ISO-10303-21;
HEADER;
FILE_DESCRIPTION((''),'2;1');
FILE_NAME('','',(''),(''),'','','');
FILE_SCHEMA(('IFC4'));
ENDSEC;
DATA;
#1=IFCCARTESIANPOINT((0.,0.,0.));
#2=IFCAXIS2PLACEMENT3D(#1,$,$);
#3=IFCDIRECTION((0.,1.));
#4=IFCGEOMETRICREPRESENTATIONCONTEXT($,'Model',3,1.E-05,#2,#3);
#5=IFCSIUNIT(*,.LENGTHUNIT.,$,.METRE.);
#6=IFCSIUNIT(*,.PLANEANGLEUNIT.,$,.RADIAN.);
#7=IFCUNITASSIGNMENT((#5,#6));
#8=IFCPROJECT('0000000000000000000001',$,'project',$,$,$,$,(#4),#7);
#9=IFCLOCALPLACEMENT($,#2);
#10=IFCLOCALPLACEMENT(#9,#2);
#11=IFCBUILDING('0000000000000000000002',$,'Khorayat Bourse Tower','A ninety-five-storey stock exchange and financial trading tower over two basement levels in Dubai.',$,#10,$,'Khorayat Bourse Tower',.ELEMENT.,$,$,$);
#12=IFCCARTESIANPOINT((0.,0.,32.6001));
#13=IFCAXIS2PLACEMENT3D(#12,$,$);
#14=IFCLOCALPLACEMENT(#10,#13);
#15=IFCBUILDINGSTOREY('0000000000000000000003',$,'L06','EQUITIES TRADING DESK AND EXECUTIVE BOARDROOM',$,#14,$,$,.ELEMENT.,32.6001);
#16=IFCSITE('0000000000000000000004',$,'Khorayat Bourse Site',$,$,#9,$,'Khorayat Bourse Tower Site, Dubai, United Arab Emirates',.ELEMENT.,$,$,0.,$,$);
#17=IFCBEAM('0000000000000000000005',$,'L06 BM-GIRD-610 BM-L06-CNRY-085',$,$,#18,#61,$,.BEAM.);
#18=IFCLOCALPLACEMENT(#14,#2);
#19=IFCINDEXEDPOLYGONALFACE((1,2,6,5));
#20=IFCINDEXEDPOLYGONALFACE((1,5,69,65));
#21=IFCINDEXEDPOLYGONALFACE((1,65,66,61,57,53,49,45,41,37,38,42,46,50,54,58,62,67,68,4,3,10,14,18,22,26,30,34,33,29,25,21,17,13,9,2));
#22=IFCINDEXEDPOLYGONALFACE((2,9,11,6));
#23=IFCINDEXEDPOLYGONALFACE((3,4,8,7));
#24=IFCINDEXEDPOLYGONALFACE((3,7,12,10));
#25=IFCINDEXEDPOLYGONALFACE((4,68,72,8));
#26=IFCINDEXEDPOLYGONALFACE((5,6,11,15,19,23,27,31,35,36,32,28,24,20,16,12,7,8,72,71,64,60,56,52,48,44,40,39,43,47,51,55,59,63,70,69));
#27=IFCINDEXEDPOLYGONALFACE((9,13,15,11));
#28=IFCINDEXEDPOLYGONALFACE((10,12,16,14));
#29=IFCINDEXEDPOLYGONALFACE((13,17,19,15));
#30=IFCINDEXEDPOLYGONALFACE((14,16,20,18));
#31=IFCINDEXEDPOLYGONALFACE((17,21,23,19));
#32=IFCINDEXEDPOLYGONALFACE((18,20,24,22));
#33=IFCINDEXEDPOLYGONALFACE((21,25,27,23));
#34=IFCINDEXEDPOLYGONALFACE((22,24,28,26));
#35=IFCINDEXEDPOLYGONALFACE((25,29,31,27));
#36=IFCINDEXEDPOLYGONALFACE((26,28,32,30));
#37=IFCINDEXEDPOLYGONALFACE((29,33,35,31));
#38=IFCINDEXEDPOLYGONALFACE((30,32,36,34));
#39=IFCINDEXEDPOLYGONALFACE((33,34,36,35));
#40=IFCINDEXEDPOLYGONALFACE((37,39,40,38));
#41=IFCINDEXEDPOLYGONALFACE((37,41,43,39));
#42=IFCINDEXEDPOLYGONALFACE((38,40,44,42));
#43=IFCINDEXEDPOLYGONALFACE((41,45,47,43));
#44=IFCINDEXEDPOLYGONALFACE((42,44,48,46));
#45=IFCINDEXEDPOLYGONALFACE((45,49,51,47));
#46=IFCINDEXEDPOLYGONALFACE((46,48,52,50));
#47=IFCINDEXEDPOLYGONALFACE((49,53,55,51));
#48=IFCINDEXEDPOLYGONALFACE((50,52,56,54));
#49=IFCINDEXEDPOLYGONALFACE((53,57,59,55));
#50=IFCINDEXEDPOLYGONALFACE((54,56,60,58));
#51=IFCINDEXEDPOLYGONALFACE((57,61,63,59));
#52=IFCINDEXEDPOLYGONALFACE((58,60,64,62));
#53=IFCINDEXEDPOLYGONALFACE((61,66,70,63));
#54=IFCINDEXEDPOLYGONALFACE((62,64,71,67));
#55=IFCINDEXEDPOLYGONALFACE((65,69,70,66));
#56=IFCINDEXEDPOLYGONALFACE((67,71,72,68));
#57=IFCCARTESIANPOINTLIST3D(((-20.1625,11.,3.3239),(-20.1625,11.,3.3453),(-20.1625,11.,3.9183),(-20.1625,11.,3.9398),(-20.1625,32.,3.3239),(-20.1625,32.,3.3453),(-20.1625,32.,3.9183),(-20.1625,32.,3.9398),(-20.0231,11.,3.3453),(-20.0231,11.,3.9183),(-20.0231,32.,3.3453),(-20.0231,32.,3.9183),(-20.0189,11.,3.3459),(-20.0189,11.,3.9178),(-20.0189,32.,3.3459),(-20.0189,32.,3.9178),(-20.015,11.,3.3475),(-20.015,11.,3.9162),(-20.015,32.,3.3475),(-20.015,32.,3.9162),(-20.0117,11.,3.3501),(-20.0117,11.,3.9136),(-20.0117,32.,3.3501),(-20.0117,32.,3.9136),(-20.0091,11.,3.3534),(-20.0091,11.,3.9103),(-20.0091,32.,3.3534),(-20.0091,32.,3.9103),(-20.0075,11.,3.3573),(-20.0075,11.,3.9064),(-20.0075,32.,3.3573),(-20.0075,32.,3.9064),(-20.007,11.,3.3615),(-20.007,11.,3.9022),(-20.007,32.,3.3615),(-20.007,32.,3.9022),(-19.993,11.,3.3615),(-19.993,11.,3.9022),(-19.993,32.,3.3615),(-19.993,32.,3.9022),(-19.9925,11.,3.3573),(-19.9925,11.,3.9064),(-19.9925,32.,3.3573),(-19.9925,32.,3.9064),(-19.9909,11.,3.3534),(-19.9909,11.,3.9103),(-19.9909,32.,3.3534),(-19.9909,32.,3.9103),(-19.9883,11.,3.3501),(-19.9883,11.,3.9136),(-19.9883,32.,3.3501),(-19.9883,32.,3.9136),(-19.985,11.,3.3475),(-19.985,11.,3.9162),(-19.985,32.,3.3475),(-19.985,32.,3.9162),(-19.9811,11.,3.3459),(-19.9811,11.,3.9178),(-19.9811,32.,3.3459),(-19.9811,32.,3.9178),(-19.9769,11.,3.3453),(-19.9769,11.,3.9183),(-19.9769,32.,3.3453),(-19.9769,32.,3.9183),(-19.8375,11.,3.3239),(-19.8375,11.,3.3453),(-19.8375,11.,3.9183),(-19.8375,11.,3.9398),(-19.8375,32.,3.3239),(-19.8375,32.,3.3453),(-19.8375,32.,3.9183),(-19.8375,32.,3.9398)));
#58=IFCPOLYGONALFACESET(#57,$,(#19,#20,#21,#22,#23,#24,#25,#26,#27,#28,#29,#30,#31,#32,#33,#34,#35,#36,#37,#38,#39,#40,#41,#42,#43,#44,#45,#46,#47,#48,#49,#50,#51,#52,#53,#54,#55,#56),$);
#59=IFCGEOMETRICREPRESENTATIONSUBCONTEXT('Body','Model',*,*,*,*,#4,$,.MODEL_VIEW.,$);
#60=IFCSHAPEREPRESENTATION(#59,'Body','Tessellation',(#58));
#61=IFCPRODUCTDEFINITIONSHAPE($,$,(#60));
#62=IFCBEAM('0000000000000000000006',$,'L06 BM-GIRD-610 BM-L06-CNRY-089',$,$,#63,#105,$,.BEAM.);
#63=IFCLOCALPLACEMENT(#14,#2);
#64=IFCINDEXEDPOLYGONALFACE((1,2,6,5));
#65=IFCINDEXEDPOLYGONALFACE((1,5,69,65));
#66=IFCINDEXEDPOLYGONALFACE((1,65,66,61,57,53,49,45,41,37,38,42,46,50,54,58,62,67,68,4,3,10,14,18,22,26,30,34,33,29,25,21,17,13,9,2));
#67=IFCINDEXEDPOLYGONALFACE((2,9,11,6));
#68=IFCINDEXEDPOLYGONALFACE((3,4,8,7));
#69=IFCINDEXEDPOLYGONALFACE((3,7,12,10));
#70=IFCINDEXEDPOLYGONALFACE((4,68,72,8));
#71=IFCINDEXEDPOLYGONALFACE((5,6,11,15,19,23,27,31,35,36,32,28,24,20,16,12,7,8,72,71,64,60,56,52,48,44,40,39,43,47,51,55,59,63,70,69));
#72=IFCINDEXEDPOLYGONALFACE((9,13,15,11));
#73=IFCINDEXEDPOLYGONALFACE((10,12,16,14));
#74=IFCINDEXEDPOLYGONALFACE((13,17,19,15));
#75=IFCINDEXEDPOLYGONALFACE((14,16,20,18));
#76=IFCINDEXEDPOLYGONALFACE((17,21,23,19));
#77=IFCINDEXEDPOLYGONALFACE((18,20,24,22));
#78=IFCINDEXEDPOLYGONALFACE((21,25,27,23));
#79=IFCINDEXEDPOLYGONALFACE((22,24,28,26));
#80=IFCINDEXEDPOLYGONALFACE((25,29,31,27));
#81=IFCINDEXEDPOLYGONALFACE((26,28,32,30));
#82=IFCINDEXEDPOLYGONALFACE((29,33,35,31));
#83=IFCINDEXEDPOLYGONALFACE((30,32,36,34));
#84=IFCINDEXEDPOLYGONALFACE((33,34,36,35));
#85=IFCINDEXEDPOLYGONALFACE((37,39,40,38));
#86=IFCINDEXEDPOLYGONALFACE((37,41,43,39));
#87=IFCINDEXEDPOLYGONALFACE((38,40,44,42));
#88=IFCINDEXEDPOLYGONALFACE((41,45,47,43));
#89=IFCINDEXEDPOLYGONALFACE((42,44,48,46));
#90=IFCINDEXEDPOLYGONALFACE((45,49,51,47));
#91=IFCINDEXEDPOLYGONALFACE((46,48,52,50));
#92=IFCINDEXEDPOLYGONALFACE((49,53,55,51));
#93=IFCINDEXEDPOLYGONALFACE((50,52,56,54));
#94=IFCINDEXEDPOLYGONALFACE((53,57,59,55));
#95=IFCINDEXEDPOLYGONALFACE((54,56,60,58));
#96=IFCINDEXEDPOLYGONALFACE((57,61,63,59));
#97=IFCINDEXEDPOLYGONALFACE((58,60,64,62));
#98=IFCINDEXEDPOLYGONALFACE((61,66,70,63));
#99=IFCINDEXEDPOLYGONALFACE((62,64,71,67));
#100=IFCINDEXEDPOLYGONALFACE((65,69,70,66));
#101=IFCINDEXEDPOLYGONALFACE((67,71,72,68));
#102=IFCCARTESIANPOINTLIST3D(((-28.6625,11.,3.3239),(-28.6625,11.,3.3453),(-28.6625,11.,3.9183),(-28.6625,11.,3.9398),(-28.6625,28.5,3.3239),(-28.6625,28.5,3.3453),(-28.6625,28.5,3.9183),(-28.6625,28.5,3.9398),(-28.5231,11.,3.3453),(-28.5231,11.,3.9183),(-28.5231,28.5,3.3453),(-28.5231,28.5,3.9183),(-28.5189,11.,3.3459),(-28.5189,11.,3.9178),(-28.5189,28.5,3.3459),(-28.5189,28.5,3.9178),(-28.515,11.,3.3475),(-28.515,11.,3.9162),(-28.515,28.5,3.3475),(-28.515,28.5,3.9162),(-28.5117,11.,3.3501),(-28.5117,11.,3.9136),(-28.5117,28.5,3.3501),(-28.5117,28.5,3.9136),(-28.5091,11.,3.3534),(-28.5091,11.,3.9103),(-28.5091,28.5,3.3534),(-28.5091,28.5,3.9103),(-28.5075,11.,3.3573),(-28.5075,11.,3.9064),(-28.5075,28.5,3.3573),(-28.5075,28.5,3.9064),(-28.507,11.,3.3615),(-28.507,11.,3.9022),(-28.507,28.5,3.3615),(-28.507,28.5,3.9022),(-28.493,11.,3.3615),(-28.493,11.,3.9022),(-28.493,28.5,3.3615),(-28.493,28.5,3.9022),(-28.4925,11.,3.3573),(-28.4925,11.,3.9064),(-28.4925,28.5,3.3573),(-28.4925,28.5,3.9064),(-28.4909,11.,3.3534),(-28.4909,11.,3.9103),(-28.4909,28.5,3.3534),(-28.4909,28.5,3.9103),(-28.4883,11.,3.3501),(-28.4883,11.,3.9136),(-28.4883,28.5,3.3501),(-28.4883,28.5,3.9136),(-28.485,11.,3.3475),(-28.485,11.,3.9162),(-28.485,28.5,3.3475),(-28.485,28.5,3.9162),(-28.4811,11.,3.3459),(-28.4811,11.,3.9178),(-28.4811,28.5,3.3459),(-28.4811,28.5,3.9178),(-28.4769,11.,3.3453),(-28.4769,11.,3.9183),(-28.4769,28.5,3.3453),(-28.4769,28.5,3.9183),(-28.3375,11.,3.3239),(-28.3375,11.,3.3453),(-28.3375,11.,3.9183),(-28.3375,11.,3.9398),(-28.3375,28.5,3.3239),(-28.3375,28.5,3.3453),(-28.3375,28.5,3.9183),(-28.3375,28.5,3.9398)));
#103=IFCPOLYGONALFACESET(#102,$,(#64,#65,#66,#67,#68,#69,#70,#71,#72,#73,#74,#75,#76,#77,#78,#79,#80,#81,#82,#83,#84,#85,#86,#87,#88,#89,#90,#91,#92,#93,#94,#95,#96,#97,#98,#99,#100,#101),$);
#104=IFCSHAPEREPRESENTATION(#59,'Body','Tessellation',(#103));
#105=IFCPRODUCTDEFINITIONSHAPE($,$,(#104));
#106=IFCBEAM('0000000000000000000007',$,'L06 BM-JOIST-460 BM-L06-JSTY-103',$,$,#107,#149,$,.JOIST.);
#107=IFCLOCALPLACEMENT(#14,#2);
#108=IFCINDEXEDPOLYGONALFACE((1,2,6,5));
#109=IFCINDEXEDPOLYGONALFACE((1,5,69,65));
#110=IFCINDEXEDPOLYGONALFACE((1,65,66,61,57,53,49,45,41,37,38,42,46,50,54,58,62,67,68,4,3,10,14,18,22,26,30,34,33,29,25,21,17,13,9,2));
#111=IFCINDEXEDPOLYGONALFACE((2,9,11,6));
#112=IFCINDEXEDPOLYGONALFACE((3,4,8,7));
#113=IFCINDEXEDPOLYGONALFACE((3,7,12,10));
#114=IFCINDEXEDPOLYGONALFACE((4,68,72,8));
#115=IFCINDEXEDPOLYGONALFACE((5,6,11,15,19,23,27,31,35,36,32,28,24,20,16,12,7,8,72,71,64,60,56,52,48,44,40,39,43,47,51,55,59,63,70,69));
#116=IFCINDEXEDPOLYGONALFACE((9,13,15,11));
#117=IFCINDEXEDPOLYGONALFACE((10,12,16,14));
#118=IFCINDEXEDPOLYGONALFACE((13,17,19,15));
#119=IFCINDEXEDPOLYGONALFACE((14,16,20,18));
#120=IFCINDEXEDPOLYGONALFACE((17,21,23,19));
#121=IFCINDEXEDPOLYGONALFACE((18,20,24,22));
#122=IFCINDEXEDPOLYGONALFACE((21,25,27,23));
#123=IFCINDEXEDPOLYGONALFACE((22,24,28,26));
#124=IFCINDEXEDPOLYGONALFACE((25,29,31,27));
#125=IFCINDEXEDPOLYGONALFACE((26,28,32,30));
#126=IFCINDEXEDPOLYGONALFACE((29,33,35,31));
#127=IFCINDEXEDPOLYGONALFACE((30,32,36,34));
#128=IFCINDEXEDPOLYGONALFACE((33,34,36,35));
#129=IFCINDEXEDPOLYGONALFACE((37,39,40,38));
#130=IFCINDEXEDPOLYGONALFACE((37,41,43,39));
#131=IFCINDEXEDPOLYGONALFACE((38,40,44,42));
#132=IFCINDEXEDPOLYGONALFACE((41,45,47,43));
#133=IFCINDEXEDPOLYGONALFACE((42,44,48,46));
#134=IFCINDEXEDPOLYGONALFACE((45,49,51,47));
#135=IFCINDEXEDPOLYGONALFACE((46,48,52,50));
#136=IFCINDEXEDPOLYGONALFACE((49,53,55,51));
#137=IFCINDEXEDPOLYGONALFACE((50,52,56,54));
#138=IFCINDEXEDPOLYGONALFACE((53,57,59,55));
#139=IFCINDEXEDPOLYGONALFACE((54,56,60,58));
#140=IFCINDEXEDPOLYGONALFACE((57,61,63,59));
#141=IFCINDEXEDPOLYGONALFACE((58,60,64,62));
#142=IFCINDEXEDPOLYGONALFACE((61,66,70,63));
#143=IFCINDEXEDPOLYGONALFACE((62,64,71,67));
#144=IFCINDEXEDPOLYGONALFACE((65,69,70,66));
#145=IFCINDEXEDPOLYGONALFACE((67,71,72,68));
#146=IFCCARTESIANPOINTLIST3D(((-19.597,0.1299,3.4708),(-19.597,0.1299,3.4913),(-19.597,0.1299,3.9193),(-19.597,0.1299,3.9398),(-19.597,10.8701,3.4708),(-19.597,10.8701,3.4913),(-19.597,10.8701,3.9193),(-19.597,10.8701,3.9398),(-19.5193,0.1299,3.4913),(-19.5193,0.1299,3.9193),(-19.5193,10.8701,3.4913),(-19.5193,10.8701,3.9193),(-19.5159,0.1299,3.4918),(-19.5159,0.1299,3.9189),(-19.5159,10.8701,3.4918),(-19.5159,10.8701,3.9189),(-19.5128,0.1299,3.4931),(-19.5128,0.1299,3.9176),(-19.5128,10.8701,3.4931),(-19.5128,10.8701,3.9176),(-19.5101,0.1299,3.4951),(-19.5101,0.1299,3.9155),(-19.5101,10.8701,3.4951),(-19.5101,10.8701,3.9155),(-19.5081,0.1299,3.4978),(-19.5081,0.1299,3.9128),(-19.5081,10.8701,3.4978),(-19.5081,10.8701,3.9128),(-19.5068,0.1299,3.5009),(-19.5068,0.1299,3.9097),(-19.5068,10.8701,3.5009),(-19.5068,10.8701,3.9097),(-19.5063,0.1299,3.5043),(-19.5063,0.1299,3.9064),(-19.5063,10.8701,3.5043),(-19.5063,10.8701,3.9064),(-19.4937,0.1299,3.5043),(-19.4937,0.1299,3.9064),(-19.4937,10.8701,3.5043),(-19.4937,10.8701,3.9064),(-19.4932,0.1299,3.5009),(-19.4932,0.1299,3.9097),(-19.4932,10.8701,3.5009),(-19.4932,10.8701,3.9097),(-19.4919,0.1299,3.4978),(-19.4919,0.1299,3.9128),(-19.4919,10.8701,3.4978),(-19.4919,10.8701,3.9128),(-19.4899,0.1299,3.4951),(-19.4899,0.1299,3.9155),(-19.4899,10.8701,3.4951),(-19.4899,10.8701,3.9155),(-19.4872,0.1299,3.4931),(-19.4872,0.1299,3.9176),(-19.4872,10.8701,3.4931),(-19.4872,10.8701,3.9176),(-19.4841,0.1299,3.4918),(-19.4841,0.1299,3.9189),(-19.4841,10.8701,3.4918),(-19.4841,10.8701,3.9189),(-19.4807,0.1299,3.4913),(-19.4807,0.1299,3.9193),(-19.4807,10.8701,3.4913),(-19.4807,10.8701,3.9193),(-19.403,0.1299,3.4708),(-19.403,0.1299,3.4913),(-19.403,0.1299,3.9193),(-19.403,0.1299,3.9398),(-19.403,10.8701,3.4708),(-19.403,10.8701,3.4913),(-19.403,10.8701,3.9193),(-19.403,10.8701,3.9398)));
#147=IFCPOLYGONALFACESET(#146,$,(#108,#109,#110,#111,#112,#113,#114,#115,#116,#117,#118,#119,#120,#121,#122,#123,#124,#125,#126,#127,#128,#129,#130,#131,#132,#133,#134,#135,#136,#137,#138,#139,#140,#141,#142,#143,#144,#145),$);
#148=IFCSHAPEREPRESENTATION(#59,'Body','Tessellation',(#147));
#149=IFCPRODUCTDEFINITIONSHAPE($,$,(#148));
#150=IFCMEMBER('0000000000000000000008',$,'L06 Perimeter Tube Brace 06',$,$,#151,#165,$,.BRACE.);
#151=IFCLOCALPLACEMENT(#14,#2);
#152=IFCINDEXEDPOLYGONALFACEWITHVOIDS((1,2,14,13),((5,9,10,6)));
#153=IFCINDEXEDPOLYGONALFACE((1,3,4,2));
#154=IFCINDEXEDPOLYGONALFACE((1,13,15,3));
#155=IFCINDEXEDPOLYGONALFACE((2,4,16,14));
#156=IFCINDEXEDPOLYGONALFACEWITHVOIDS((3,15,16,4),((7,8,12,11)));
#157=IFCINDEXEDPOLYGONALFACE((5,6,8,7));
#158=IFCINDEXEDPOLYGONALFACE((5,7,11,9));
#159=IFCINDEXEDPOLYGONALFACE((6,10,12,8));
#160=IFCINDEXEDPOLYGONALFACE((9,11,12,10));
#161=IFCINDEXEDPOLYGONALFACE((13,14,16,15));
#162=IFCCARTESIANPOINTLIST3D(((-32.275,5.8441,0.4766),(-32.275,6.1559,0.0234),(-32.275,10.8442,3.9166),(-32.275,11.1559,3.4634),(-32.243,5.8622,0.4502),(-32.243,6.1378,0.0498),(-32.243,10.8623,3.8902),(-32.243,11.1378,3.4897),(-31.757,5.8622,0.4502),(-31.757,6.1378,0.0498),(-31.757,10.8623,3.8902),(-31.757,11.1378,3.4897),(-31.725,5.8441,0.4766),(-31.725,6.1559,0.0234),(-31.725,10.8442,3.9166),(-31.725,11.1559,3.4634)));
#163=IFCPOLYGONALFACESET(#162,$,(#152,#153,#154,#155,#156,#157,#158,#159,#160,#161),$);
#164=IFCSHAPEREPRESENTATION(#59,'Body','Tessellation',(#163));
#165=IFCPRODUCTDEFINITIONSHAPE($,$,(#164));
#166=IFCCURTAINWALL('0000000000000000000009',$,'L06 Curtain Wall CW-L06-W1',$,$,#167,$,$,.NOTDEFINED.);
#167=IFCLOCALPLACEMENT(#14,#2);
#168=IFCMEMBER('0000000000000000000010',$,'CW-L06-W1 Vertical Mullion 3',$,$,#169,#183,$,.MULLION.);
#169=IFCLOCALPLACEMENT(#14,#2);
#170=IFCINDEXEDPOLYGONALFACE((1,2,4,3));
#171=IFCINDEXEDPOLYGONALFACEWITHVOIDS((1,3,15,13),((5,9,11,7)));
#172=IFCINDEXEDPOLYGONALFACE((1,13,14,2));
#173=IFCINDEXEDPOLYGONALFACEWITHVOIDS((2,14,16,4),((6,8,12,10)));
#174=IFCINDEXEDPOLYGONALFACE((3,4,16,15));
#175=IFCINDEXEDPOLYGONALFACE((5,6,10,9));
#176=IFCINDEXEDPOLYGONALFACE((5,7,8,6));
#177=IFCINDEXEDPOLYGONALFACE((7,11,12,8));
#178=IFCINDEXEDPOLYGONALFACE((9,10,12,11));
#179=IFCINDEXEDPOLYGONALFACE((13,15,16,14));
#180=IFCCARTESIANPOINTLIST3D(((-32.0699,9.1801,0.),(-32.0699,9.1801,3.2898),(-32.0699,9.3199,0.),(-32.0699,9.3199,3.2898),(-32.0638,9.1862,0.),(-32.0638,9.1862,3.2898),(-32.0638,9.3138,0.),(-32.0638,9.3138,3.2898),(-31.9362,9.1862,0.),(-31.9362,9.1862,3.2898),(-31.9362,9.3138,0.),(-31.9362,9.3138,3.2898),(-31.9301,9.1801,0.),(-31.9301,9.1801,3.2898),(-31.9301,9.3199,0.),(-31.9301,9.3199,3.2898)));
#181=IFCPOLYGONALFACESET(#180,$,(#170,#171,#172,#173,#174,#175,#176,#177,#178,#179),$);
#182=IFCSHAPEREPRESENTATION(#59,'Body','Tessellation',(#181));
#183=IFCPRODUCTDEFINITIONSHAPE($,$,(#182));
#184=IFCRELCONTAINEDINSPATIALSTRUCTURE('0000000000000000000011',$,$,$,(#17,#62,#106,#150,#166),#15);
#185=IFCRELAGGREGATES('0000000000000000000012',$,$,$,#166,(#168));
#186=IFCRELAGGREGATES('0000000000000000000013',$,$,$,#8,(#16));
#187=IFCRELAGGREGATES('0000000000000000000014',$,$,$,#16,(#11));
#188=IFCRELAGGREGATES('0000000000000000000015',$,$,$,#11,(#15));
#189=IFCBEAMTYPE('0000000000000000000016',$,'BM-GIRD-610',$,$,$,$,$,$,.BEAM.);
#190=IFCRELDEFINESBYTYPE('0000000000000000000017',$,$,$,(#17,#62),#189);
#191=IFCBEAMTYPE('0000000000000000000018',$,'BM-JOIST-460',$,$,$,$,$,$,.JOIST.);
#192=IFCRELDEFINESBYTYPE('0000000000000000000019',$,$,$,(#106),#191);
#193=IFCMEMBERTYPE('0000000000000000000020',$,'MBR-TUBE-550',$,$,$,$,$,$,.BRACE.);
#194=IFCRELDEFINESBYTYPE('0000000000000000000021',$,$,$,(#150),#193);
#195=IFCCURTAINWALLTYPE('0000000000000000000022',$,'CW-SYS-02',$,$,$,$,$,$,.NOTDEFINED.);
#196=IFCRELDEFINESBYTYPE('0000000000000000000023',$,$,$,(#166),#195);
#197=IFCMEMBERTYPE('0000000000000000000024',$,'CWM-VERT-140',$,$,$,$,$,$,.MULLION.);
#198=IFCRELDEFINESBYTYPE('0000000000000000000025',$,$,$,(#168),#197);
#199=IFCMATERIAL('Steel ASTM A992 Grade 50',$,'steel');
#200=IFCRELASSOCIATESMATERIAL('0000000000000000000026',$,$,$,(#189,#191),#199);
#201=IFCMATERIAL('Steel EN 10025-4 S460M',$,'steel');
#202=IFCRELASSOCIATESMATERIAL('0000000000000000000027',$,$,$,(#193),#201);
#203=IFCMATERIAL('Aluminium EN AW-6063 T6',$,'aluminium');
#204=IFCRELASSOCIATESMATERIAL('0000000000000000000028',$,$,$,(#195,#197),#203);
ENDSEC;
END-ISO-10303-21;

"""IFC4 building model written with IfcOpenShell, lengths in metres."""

from ifc_helpers import new_model, si_unit, direction, frame, origin, origin_2d, place, context, subcontext, project, spatial, hollow_rectangle, i_section, extrude, source, transform, mapped, material, material_profile, profile_set, type_object, element, aggregate, save


model = new_model("IFC4")

# Units and contexts
model_context = context("Model", 3, precision=1e-05, world=origin(), true_north=direction((0.0, 1.0)))
body_context = subcontext(model_context, "Body", "Model", "MODEL_VIEW")
ifc_project = project(units=[si_unit("LENGTHUNIT", "METRE"), si_unit("PLANEANGLEUNIT", "RADIAN")], contexts=[model_context])

# Site, building, storey
site_placement = place(None, origin())
site = spatial("IfcSite", under=ifc_project, at=site_placement, Name="Khorayat Bourse Site", LongName="Khorayat Bourse Tower Site, Dubai, United Arab Emirates", CompositionType="ELEMENT", RefElevation=0.0)
building_placement = place(site_placement, origin())
building = spatial("IfcBuilding", under=site, at=building_placement, Name="Khorayat Bourse Tower", Description="A ninety-five-storey stock exchange and financial trading tower over two basement levels in Dubai.", LongName="Khorayat Bourse Tower", CompositionType="ELEMENT")
storey_placement = place(building_placement, frame((0.0, 0.0, 32.6001)))
storey = spatial("IfcBuildingStorey", under=building, at=storey_placement, Name="L06", Description="EQUITIES TRADING DESK AND EXECUTIVE BOARDROOM", CompositionType="ELEMENT", Elevation=32.6001)

# Shared definitions
ifc_material_1 = material(Name="Steel EN 10025-4 S460M", Category="steel")

# Beams
ifc_material_2 = material(Name="Steel ASTM A992 Grade 50", Category="steel")
ifc_material_profile_1 = material_profile(ifc_material_2, i_section(OverallWidth=0.325, OverallDepth=0.616, WebThickness=0.0139, FlangeThickness=0.0215, FilletRadius=0.0161, at=origin_2d()), Name="W610X174")
ifc_profile_set_1 = profile_set([ifc_material_profile_1], Name="Steel ASTM A992 Grade 50")
beam_type_1 = type_object("IfcBeamType", Name="BM-GIRD-610", PredefinedType="BEAM", material=ifc_profile_set_1)
shared_shape_1 = source(origin(), body_context, "Body", "SweptSolid", [
    extrude(i_section(OverallWidth=0.325, OverallDepth=0.616, WebThickness=0.0139, FlangeThickness=0.0215, FilletRadius=0.0161, at=origin_2d()), origin(), (0.0, 0.0, 1.0), 21.0),
])
beam_1_placement = place(storey_placement, frame((-20.0, 11.0, 3.6318), z_axis=(0.0, 1.0, 0.0), x_axis=(-1.0, 0.0, 0.0)))
element("IfcBeam", 1, at=beam_1_placement, inside=storey, type_object=beam_type_1, Name="L06 BM-GIRD-610 BM-L06-CNRY-085", PredefinedType="BEAM", context=body_context, shape_type="MappedRepresentation", body=[
    mapped(shared_shape_1, transform((0.0, 0.0, 0.0), scale=1.0)),
])
shared_shape_2 = source(origin(), body_context, "Body", "SweptSolid", [
    extrude(i_section(OverallWidth=0.325, OverallDepth=0.616, WebThickness=0.0139, FlangeThickness=0.0215, FilletRadius=0.0161, at=origin_2d()), origin(), (0.0, 0.0, 1.0), 17.5),
])
beam_2_placement = place(storey_placement, frame((-28.5, 11.0, 3.6318), z_axis=(0.0, 1.0, 0.0), x_axis=(-1.0, 0.0, 0.0)))
element("IfcBeam", 2, at=beam_2_placement, inside=storey, type_object=beam_type_1, Name="L06 BM-GIRD-610 BM-L06-CNRY-089", PredefinedType="BEAM", context=body_context, shape_type="MappedRepresentation", body=[
    mapped(shared_shape_2, transform((0.0, 0.0, 0.0), scale=1.0)),
])
ifc_material_profile_2 = material_profile(ifc_material_2, i_section(OverallWidth=0.1941, OverallDepth=0.469, WebThickness=0.0127, FlangeThickness=0.0205, FilletRadius=0.0129, at=origin_2d()), Name="W460X106")
ifc_profile_set_2 = profile_set([ifc_material_profile_2], Name="Steel ASTM A992 Grade 50")
beam_type_2 = type_object("IfcBeamType", Name="BM-JOIST-460", PredefinedType="JOIST", material=ifc_profile_set_2)
shared_shape_3 = source(origin(), body_context, "Body", "SweptSolid", [
    extrude(i_section(OverallWidth=0.1941, OverallDepth=0.469, WebThickness=0.0127, FlangeThickness=0.0205, FilletRadius=0.0129, at=origin_2d()), origin(), (0.0, 0.0, 1.0), 10.7402),
])
beam_3_placement = place(storey_placement, frame((-19.5, 0.1299, 3.7053), z_axis=(0.0, 1.0, 0.0), x_axis=(-1.0, 0.0, 0.0)))
element("IfcBeam", 3, at=beam_3_placement, inside=storey, type_object=beam_type_2, Name="L06 BM-JOIST-460 BM-L06-JSTY-103", PredefinedType="JOIST", context=body_context, shape_type="MappedRepresentation", body=[
    mapped(shared_shape_3, transform((0.0, 0.0, 0.0), scale=1.0)),
])

# Member
ifc_material_profile_3 = material_profile(ifc_material_1, hollow_rectangle(XDim=0.55, YDim=0.55, WallThickness=0.032, at=origin_2d()), Name="HSS 550x550x32")
ifc_profile_set_3 = profile_set([ifc_material_profile_3], Name="Steel EN 10025-4 S460M")
member_type_1 = type_object("IfcMemberType", Name="MBR-TUBE-550", PredefinedType="BRACE", material=ifc_profile_set_3)
shared_shape_4 = source(origin(), body_context, "Body", "SweptSolid", [
    extrude(hollow_rectangle(XDim=0.55, YDim=0.55, WallThickness=0.032, at=origin_2d()), origin(), (0.0, 0.0, 1.0), 6.0691),
])
member_1_placement = place(storey_placement, frame((-32.0, 6.0, 0.25), z_axis=(0.0, 0.823854, 0.566802), x_axis=(-1.0, 0.0, 0.0)))
element("IfcMember", 4, at=member_1_placement, inside=storey, type_object=member_type_1, Name="L06 Perimeter Tube Brace 06", PredefinedType="BRACE", context=body_context, shape_type="MappedRepresentation", body=[
    mapped(shared_shape_4, transform((0.0, 0.0, 0.0), scale=1.0)),
])

# Curtain wall, member
ifc_material_3 = material(Name="Aluminium EN AW-6063 T6", Category="aluminium")
curtain_wall_type = type_object("IfcCurtainWallType", Name="CW-SYS-02", PredefinedType="NOTDEFINED", material=ifc_material_3)
curtain_wall_placement = place(storey_placement, origin())
curtain_wall = element("IfcCurtainWall", 5, at=curtain_wall_placement, inside=storey, type_object=curtain_wall_type, Name="L06 Curtain Wall CW-L06-W1", PredefinedType="NOTDEFINED")
ifc_material_profile_4 = material_profile(ifc_material_3, hollow_rectangle(XDim=0.1399, YDim=0.1399, WallThickness=0.0061, at=origin_2d()), Name="ALU 140x140x6")
ifc_profile_set_4 = profile_set([ifc_material_profile_4], Name="Aluminium EN AW-6063 T6")
member_type_2 = type_object("IfcMemberType", Name="CWM-VERT-140", PredefinedType="MULLION", material=ifc_profile_set_4)
shared_shape_5 = source(origin(), body_context, "Body", "SweptSolid", [
    extrude(hollow_rectangle(XDim=0.1399, YDim=0.1399, WallThickness=0.0061, at=origin_2d()), origin(), (0.0, 0.0, 1.0), 3.2898),
])
member_2_placement = place(storey_placement, frame((-32.0, 9.25, 0.0), z_axis=(0.0, 0.0, 1.0), x_axis=(-1.0, 0.0, 0.0)))
member_2 = element("IfcMember", 6, at=member_2_placement, type_object=member_type_2, Name="CW-L06-W1 Vertical Mullion 3", PredefinedType="MULLION", context=body_context, shape_type="MappedRepresentation", body=[
    mapped(shared_shape_5, transform((0.0, 0.0, 0.0), scale=1.0)),
])

aggregate(curtain_wall, [member_2])

save(model, "model.ifc")
